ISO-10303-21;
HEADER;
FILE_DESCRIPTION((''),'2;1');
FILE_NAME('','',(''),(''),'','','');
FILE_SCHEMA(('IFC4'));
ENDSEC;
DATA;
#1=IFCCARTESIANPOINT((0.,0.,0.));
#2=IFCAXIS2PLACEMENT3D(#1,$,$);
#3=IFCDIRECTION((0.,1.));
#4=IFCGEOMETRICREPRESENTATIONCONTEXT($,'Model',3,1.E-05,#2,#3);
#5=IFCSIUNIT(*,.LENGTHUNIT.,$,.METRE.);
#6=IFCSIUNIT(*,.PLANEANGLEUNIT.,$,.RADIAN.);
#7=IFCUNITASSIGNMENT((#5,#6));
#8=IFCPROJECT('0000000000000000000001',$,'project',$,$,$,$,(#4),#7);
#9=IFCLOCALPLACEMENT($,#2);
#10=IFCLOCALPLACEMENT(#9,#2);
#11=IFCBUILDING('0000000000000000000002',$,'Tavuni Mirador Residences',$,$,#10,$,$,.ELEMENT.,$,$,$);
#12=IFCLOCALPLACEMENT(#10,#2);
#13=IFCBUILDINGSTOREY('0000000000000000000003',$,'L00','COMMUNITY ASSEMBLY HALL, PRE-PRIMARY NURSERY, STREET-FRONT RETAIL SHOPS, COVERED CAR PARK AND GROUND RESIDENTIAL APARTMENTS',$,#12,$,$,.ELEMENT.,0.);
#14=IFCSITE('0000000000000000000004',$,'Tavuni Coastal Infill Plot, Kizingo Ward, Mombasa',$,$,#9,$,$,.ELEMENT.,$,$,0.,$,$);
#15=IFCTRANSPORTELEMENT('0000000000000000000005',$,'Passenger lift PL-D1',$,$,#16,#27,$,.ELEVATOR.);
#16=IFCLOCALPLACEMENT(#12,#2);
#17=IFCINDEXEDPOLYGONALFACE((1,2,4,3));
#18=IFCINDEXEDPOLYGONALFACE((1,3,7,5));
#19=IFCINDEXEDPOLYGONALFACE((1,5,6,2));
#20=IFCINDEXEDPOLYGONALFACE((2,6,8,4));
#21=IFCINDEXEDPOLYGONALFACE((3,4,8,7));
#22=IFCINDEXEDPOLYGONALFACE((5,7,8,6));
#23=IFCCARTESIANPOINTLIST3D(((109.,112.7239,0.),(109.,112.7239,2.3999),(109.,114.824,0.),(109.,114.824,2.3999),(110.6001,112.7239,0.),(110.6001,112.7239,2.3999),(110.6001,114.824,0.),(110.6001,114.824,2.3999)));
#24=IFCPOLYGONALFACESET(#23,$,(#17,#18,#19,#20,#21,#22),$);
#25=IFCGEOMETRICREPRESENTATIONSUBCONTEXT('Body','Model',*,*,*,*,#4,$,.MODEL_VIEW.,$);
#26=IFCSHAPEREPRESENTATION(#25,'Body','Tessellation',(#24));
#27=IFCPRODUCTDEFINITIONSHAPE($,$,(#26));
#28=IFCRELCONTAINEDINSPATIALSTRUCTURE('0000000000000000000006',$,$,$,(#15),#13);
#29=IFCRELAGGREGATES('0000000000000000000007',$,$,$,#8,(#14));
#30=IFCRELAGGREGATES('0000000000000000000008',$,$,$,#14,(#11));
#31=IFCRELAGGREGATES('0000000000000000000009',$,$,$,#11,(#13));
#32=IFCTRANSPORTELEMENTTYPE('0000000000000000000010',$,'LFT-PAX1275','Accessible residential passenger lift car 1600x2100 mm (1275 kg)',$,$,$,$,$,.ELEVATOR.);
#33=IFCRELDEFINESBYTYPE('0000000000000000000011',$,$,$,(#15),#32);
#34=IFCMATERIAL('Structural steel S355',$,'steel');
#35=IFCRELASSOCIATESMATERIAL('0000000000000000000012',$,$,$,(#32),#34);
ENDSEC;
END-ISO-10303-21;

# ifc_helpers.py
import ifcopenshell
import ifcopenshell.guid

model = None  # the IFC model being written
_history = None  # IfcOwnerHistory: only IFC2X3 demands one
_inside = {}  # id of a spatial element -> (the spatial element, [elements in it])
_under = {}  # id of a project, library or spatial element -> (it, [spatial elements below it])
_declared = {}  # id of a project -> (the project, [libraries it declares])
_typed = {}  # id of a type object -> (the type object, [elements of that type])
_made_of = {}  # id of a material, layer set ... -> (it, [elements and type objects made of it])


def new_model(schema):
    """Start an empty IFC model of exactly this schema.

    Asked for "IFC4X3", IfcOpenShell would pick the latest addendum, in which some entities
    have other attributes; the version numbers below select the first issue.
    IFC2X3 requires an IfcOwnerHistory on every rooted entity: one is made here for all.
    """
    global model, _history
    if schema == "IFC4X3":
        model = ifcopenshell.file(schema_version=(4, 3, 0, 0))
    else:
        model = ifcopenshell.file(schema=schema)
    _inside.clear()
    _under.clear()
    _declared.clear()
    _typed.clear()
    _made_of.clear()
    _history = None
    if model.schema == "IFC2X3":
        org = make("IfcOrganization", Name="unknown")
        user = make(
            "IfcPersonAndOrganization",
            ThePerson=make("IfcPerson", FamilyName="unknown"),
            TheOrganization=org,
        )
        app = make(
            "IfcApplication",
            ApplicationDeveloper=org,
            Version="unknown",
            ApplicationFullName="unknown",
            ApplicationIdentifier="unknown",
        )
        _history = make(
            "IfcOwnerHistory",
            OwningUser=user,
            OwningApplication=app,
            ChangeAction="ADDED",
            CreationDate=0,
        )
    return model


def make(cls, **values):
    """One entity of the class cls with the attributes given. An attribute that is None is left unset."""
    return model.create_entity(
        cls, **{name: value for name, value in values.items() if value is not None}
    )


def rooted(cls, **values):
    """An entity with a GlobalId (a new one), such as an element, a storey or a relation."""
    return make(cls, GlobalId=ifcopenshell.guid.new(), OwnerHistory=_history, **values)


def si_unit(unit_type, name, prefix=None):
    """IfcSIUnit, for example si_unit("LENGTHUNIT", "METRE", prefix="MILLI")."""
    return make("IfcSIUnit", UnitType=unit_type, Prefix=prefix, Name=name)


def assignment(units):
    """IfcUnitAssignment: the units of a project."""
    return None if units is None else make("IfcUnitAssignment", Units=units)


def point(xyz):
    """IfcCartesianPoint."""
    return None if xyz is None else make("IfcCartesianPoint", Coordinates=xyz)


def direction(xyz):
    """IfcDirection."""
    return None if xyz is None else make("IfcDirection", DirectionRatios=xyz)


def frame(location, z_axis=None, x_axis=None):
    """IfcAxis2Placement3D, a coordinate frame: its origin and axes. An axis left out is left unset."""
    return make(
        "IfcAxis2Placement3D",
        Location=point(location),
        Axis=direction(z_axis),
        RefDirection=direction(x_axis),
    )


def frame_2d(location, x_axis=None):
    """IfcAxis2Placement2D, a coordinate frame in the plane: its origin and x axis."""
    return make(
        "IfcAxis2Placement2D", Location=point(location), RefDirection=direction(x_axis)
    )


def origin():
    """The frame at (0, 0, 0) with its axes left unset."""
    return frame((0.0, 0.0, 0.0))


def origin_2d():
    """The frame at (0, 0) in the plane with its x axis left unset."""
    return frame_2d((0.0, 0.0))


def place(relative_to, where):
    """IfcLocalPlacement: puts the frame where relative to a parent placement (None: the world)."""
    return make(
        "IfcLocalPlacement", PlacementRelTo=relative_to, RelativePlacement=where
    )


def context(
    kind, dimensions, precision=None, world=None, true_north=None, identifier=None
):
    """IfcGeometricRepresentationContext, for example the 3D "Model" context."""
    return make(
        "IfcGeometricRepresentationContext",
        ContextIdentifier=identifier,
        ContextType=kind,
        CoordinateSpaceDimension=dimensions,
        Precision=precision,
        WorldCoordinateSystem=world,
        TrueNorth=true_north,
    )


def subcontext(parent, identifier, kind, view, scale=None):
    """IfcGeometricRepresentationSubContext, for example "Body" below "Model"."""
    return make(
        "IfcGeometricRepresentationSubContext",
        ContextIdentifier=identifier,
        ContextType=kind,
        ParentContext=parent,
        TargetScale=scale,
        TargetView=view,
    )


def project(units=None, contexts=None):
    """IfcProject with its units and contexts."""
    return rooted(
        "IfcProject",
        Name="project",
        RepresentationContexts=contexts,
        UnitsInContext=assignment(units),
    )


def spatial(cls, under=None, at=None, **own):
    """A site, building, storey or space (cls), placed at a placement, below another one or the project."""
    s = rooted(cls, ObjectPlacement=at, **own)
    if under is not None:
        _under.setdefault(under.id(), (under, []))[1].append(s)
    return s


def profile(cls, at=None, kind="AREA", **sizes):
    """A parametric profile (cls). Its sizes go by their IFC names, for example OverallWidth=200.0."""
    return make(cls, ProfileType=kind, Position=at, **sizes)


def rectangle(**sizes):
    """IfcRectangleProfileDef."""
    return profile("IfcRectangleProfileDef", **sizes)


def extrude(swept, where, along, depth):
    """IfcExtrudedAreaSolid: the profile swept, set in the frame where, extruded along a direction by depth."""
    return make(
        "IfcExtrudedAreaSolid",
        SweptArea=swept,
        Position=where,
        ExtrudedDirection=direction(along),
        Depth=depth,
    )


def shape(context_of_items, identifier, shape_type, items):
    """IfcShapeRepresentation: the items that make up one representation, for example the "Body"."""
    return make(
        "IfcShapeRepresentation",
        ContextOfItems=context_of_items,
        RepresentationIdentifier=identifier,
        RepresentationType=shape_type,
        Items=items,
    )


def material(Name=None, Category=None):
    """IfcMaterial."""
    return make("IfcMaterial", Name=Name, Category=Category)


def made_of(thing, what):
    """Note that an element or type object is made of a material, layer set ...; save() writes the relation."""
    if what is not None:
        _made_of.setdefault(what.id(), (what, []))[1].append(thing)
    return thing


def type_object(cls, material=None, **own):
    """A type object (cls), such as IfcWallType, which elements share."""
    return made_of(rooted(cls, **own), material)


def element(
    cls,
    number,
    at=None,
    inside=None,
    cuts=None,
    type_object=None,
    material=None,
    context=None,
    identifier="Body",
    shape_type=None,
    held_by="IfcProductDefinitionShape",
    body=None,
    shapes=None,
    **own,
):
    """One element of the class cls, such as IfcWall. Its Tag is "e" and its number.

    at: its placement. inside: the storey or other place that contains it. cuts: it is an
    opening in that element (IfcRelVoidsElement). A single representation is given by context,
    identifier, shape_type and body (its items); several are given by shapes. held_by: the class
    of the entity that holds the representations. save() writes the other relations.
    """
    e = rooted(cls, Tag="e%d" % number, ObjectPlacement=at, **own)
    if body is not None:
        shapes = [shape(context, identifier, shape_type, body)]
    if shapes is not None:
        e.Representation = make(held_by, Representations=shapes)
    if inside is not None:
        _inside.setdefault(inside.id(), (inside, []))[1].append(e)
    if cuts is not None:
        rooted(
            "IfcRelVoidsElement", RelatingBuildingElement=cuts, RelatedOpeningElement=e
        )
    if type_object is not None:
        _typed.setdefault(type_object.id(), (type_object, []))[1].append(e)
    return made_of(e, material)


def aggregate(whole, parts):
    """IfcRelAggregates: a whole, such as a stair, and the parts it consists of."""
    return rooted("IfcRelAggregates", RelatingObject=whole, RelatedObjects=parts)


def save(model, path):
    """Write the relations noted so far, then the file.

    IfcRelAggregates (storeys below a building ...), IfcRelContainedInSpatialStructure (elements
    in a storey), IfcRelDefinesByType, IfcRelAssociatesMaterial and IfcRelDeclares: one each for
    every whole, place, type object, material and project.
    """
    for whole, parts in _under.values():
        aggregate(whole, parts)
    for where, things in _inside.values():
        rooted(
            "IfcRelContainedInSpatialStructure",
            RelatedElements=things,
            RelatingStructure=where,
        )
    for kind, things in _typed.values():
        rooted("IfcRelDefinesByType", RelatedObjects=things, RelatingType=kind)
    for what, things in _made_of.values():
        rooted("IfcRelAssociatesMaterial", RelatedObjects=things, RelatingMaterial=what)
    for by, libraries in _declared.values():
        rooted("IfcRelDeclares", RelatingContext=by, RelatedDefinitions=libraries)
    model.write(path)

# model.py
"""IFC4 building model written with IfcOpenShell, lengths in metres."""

from ifc_helpers import new_model, si_unit, direction, frame, origin, origin_2d, place, context, subcontext, project, spatial, rectangle, extrude, material, type_object, element, save


model = new_model("IFC4")

# Units and contexts
model_context = context("Model", 3, precision=1e-05, world=origin(), true_north=direction((0.0, 1.0)))
body_context = subcontext(model_context, "Body", "Model", "MODEL_VIEW")
ifc_project = project(units=[si_unit("LENGTHUNIT", "METRE"), si_unit("PLANEANGLEUNIT", "RADIAN")], contexts=[model_context])

# Site, building, storey
site_placement = place(None, origin())
site = spatial("IfcSite", under=ifc_project, at=site_placement, Name="Tavuni Coastal Infill Plot, Kizingo Ward, Mombasa", CompositionType="ELEMENT", RefElevation=0.0)
building_placement = place(site_placement, origin())
building = spatial("IfcBuilding", under=site, at=building_placement, Name="Tavuni Mirador Residences", CompositionType="ELEMENT")
storey_placement = place(building_placement, origin())
storey = spatial("IfcBuildingStorey", under=building, at=storey_placement, Name="L00", Description="COMMUNITY ASSEMBLY HALL, PRE-PRIMARY NURSERY, STREET-FRONT RETAIL SHOPS, COVERED CAR PARK AND GROUND RESIDENTIAL APARTMENTS", CompositionType="ELEMENT", Elevation=0.0)

# Transport element
ifc_material_1 = material(Name="Structural steel S355", Category="steel")
transport_element_type = type_object("IfcTransportElementType", Name="LFT-PAX1275", Description="Accessible residential passenger lift car 1600x2100 mm (1275 kg)", PredefinedType="ELEVATOR", material=ifc_material_1)
transport_element_placement = place(storey_placement, frame((109.8, 113.7739, 0.0), z_axis=(0.0, 0.0, 1.0), x_axis=(1.0, 0.0, 0.0)))
element("IfcTransportElement", 1, at=transport_element_placement, inside=storey, type_object=transport_element_type, Name="Passenger lift PL-D1", PredefinedType="ELEVATOR", context=body_context, shape_type="SweptSolid", body=[
    extrude(rectangle(XDim=1.6001, YDim=2.1001, at=origin_2d()), origin(), (0.0, 0.0, 1.0), 2.3999),
])

save(model, "model.ifc")
